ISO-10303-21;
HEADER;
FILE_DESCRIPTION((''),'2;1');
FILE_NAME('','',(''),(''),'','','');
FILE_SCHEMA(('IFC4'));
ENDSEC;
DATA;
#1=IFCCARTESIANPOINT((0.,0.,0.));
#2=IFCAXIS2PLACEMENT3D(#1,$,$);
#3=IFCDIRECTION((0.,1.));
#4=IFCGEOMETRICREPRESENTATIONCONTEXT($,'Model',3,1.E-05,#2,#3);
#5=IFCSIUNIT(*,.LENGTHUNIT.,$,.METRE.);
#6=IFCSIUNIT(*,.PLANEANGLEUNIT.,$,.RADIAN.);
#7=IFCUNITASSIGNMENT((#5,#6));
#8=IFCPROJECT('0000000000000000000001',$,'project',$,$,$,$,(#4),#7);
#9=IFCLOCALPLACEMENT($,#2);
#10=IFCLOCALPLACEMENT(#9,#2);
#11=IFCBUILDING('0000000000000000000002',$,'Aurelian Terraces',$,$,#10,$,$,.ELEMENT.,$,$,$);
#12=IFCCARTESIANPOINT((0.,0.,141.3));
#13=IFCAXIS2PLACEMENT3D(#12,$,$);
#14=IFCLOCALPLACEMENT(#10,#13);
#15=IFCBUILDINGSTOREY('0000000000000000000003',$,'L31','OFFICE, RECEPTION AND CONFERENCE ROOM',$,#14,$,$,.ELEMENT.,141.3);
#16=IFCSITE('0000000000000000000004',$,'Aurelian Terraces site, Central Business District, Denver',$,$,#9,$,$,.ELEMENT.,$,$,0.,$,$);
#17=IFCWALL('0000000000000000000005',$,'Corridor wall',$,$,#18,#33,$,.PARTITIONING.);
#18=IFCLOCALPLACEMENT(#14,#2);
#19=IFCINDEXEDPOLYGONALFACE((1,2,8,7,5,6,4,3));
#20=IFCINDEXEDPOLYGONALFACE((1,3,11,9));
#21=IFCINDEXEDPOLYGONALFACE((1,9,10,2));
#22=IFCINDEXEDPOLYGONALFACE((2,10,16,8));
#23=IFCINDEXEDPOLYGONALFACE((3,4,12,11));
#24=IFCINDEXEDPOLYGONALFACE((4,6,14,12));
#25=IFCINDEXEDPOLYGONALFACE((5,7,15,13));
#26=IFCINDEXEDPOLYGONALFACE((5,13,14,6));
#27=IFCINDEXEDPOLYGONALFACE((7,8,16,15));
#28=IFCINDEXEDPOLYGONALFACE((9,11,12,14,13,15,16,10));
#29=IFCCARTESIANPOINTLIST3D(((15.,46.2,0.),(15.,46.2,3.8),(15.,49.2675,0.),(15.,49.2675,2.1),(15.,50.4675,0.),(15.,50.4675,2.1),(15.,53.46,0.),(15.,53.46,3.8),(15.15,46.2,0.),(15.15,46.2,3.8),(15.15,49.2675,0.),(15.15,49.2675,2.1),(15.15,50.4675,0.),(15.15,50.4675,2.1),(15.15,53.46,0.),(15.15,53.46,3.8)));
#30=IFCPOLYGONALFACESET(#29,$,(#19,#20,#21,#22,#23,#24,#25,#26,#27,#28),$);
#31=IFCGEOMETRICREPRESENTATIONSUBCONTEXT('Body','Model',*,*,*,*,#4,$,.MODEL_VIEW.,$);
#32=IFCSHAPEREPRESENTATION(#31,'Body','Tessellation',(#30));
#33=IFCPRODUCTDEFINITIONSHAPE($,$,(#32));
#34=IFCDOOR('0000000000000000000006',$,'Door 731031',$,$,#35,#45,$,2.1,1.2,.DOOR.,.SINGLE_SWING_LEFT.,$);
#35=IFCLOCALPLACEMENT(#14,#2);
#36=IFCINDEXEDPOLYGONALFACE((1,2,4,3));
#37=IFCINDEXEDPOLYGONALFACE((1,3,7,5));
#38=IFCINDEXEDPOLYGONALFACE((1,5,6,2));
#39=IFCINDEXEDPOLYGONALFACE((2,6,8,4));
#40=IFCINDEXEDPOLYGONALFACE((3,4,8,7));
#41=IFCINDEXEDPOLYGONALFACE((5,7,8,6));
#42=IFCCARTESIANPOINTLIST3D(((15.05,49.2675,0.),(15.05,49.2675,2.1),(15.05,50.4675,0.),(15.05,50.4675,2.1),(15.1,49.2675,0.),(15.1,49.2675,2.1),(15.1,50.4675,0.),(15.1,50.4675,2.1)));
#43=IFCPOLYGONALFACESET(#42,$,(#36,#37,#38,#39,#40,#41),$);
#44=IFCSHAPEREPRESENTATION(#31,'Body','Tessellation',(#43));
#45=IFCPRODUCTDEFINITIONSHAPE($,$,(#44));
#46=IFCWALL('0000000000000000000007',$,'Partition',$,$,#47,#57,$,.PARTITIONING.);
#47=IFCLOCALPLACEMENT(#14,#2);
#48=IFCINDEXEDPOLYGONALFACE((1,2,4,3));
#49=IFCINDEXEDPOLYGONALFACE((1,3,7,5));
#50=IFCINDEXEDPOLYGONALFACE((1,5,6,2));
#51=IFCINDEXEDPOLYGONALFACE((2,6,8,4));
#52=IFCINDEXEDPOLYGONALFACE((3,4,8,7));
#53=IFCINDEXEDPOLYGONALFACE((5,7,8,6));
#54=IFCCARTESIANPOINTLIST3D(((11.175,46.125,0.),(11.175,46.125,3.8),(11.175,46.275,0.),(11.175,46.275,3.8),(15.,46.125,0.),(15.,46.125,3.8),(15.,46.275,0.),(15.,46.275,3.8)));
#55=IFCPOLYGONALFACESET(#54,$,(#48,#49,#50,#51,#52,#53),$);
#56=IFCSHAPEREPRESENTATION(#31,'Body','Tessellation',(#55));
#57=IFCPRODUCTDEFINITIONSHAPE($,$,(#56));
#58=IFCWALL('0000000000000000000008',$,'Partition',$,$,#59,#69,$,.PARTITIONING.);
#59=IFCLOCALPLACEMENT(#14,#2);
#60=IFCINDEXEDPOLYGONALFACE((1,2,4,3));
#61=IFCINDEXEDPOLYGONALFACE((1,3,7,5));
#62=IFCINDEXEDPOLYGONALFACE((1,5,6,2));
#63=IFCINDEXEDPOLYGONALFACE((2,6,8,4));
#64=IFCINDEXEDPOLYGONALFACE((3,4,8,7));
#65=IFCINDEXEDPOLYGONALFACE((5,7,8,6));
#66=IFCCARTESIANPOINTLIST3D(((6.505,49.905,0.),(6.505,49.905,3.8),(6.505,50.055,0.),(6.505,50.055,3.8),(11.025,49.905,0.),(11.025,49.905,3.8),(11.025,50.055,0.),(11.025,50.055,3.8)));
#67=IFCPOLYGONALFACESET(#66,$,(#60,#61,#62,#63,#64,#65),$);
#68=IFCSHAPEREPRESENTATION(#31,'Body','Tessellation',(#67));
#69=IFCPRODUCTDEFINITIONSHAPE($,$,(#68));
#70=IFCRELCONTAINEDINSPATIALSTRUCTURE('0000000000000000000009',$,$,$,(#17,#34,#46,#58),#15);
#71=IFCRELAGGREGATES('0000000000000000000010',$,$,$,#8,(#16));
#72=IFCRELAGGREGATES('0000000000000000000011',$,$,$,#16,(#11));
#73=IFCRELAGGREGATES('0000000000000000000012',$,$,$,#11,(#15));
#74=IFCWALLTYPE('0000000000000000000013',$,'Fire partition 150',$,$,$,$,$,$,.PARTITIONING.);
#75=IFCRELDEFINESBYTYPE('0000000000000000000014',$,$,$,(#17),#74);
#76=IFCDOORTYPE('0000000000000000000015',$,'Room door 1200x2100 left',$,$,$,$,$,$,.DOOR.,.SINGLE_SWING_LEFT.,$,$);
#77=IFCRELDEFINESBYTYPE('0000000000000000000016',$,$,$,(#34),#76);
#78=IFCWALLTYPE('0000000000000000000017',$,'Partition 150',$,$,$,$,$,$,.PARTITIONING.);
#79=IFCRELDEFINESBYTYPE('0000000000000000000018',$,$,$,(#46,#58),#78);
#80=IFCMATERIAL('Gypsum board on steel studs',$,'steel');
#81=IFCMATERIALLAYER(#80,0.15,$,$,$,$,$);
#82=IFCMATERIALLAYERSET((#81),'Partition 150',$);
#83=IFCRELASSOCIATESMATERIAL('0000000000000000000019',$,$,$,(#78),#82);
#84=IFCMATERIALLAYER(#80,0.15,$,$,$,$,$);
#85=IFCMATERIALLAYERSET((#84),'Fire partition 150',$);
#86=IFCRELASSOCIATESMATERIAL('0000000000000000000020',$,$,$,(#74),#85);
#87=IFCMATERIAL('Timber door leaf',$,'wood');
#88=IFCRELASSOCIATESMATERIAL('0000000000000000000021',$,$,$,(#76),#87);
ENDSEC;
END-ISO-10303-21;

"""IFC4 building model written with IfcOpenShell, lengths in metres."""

from ifc_helpers import new_model, si_unit, direction, frame, frame_2d, origin, place, context, subcontext, project, spatial, rectangle, extrude, source, transform, mapped, material, layer, layer_set, type_object, element, fill, save


model = new_model("IFC4")

# Units and contexts
model_context = context("Model", 3, precision=1e-05, world=origin(), true_north=direction((0.0, 1.0)))
body_context = subcontext(model_context, "Body", "Model", "MODEL_VIEW")
ifc_project = project(units=[si_unit("LENGTHUNIT", "METRE"), si_unit("PLANEANGLEUNIT", "RADIAN")], contexts=[model_context])

# Site, building, storey
site_placement = place(None, origin())
site = spatial("IfcSite", under=ifc_project, at=site_placement, Name="Aurelian Terraces site, Central Business District, Denver", CompositionType="ELEMENT", RefElevation=0.0)
building_placement = place(site_placement, origin())
building = spatial("IfcBuilding", under=site, at=building_placement, Name="Aurelian Terraces", CompositionType="ELEMENT")
storey_placement = place(building_placement, frame((0.0, 0.0, 141.3)))
storey = spatial("IfcBuildingStorey", under=building, at=storey_placement, Name="L31", Description="OFFICE, RECEPTION AND CONFERENCE ROOM", CompositionType="ELEMENT", Elevation=141.3)

# Shared definitions
ifc_material_1 = material(Name="Gypsum board on steel studs", Category="steel")
ifc_layer_1 = layer(ifc_material_1, 0.15)
ifc_layer_set_1 = layer_set([ifc_layer_1], Name="Partition 150")
wall_type_1 = type_object("IfcWallType", Name="Partition 150", PredefinedType="PARTITIONING", material=ifc_layer_set_1)

# Wall, opening, door
ifc_layer_2 = layer(ifc_material_1, 0.15)
ifc_layer_set_2 = layer_set([ifc_layer_2], Name="Fire partition 150")
wall_type_2 = type_object("IfcWallType", Name="Fire partition 150", PredefinedType="PARTITIONING", material=ifc_layer_set_2)
shared_shape_1 = source(origin(), body_context, "Body", "SweptSolid", [
    extrude(rectangle(XDim=7.26, YDim=0.15, at=frame_2d((3.63, 0.0))), origin(), (0.0, 0.0, 1.0), 3.8),
])
wall_1_placement = place(storey_placement, frame((15.075, 46.2, 0.0), z_axis=(0.0, 0.0, 1.0), x_axis=(0.0, 1.0, 0.0)))
wall_1 = element("IfcWall", 1, at=wall_1_placement, inside=storey, type_object=wall_type_2, Name="Corridor wall", PredefinedType="PARTITIONING", context=body_context, shape_type="MappedRepresentation", body=[
    mapped(shared_shape_1, transform((0.0, 0.0, 0.0), scale=1.0)),
])
shared_shape_2 = source(origin(), body_context, "Body", "SweptSolid", [
    extrude(rectangle(XDim=1.2, YDim=2.1, at=frame_2d((0.6, 1.05))), frame((0.0, 0.085, 0.0), z_axis=(0.0, -1.0, 0.0), x_axis=(1.0, 0.0, 0.0)), (0.0, 0.0, 1.0), 0.17),
])
opening_1_placement = place(wall_1_placement, frame((3.0675, 0.0, 0.0)))
opening_1 = element("IfcOpeningElement", 2, at=opening_1_placement, cuts=wall_1, PredefinedType="OPENING", context=body_context, shape_type="MappedRepresentation", body=[
    mapped(shared_shape_2, transform((0.0, 0.0, 0.0), scale=1.0)),
])
ifc_material_2 = material(Name="Timber door leaf", Category="wood")
door_type_1 = type_object("IfcDoorType", Name="Room door 1200x2100 left", OperationType="SINGLE_SWING_LEFT", PredefinedType="DOOR", material=ifc_material_2)
shared_shape_3 = source(origin(), body_context, "Body", "SweptSolid", [
    extrude(rectangle(XDim=1.2, YDim=2.1, at=frame_2d((0.6, 1.05))), frame((0.0, 0.025, 0.0), z_axis=(0.0, -1.0, 0.0), x_axis=(1.0, 0.0, 0.0)), (0.0, 0.0, 1.0), 0.05),
])
door_1_placement = place(opening_1_placement, origin())
door_1 = element("IfcDoor", 3, at=door_1_placement, inside=storey, type_object=door_type_1, Name="Door 731031", OperationType="SINGLE_SWING_LEFT", OverallHeight=2.1, OverallWidth=1.2, PredefinedType="DOOR", context=body_context, shape_type="MappedRepresentation", body=[
    mapped(shared_shape_3, transform((0.0, 0.0, 0.0), scale=1.0)),
])
fill(opening_1, door_1)

# Walls
shared_shape_4 = source(origin(), body_context, "Body", "SweptSolid", [
    extrude(rectangle(XDim=3.825, YDim=0.15, at=frame_2d((1.9125, 0.0))), origin(), (0.0, 0.0, 1.0), 3.8),
])
wall_2_placement = place(storey_placement, frame((15.0, 46.2, 0.0), z_axis=(0.0, 0.0, 1.0), x_axis=(-1.0, 0.0, 0.0)))
element("IfcWall", 4, at=wall_2_placement, inside=storey, type_object=wall_type_1, Name="Partition", PredefinedType="PARTITIONING", context=body_context, shape_type="MappedRepresentation", body=[
    mapped(shared_shape_4, transform((0.0, 0.0, 0.0), scale=1.0)),
])
shared_shape_5 = source(origin(), body_context, "Body", "SweptSolid", [
    extrude(rectangle(XDim=4.52, YDim=0.15, at=frame_2d((2.26, 0.0))), origin(), (0.0, 0.0, 1.0), 3.8),
])
wall_3_placement = place(storey_placement, frame((11.025, 49.98, 0.0), z_axis=(0.0, 0.0, 1.0), x_axis=(-1.0, 0.0, 0.0)))
element("IfcWall", 5, at=wall_3_placement, inside=storey, type_object=wall_type_1, Name="Partition", PredefinedType="PARTITIONING", context=body_context, shape_type="MappedRepresentation", body=[
    mapped(shared_shape_5, transform((0.0, 0.0, 0.0), scale=1.0)),
])

save(model, "model.ifc")
